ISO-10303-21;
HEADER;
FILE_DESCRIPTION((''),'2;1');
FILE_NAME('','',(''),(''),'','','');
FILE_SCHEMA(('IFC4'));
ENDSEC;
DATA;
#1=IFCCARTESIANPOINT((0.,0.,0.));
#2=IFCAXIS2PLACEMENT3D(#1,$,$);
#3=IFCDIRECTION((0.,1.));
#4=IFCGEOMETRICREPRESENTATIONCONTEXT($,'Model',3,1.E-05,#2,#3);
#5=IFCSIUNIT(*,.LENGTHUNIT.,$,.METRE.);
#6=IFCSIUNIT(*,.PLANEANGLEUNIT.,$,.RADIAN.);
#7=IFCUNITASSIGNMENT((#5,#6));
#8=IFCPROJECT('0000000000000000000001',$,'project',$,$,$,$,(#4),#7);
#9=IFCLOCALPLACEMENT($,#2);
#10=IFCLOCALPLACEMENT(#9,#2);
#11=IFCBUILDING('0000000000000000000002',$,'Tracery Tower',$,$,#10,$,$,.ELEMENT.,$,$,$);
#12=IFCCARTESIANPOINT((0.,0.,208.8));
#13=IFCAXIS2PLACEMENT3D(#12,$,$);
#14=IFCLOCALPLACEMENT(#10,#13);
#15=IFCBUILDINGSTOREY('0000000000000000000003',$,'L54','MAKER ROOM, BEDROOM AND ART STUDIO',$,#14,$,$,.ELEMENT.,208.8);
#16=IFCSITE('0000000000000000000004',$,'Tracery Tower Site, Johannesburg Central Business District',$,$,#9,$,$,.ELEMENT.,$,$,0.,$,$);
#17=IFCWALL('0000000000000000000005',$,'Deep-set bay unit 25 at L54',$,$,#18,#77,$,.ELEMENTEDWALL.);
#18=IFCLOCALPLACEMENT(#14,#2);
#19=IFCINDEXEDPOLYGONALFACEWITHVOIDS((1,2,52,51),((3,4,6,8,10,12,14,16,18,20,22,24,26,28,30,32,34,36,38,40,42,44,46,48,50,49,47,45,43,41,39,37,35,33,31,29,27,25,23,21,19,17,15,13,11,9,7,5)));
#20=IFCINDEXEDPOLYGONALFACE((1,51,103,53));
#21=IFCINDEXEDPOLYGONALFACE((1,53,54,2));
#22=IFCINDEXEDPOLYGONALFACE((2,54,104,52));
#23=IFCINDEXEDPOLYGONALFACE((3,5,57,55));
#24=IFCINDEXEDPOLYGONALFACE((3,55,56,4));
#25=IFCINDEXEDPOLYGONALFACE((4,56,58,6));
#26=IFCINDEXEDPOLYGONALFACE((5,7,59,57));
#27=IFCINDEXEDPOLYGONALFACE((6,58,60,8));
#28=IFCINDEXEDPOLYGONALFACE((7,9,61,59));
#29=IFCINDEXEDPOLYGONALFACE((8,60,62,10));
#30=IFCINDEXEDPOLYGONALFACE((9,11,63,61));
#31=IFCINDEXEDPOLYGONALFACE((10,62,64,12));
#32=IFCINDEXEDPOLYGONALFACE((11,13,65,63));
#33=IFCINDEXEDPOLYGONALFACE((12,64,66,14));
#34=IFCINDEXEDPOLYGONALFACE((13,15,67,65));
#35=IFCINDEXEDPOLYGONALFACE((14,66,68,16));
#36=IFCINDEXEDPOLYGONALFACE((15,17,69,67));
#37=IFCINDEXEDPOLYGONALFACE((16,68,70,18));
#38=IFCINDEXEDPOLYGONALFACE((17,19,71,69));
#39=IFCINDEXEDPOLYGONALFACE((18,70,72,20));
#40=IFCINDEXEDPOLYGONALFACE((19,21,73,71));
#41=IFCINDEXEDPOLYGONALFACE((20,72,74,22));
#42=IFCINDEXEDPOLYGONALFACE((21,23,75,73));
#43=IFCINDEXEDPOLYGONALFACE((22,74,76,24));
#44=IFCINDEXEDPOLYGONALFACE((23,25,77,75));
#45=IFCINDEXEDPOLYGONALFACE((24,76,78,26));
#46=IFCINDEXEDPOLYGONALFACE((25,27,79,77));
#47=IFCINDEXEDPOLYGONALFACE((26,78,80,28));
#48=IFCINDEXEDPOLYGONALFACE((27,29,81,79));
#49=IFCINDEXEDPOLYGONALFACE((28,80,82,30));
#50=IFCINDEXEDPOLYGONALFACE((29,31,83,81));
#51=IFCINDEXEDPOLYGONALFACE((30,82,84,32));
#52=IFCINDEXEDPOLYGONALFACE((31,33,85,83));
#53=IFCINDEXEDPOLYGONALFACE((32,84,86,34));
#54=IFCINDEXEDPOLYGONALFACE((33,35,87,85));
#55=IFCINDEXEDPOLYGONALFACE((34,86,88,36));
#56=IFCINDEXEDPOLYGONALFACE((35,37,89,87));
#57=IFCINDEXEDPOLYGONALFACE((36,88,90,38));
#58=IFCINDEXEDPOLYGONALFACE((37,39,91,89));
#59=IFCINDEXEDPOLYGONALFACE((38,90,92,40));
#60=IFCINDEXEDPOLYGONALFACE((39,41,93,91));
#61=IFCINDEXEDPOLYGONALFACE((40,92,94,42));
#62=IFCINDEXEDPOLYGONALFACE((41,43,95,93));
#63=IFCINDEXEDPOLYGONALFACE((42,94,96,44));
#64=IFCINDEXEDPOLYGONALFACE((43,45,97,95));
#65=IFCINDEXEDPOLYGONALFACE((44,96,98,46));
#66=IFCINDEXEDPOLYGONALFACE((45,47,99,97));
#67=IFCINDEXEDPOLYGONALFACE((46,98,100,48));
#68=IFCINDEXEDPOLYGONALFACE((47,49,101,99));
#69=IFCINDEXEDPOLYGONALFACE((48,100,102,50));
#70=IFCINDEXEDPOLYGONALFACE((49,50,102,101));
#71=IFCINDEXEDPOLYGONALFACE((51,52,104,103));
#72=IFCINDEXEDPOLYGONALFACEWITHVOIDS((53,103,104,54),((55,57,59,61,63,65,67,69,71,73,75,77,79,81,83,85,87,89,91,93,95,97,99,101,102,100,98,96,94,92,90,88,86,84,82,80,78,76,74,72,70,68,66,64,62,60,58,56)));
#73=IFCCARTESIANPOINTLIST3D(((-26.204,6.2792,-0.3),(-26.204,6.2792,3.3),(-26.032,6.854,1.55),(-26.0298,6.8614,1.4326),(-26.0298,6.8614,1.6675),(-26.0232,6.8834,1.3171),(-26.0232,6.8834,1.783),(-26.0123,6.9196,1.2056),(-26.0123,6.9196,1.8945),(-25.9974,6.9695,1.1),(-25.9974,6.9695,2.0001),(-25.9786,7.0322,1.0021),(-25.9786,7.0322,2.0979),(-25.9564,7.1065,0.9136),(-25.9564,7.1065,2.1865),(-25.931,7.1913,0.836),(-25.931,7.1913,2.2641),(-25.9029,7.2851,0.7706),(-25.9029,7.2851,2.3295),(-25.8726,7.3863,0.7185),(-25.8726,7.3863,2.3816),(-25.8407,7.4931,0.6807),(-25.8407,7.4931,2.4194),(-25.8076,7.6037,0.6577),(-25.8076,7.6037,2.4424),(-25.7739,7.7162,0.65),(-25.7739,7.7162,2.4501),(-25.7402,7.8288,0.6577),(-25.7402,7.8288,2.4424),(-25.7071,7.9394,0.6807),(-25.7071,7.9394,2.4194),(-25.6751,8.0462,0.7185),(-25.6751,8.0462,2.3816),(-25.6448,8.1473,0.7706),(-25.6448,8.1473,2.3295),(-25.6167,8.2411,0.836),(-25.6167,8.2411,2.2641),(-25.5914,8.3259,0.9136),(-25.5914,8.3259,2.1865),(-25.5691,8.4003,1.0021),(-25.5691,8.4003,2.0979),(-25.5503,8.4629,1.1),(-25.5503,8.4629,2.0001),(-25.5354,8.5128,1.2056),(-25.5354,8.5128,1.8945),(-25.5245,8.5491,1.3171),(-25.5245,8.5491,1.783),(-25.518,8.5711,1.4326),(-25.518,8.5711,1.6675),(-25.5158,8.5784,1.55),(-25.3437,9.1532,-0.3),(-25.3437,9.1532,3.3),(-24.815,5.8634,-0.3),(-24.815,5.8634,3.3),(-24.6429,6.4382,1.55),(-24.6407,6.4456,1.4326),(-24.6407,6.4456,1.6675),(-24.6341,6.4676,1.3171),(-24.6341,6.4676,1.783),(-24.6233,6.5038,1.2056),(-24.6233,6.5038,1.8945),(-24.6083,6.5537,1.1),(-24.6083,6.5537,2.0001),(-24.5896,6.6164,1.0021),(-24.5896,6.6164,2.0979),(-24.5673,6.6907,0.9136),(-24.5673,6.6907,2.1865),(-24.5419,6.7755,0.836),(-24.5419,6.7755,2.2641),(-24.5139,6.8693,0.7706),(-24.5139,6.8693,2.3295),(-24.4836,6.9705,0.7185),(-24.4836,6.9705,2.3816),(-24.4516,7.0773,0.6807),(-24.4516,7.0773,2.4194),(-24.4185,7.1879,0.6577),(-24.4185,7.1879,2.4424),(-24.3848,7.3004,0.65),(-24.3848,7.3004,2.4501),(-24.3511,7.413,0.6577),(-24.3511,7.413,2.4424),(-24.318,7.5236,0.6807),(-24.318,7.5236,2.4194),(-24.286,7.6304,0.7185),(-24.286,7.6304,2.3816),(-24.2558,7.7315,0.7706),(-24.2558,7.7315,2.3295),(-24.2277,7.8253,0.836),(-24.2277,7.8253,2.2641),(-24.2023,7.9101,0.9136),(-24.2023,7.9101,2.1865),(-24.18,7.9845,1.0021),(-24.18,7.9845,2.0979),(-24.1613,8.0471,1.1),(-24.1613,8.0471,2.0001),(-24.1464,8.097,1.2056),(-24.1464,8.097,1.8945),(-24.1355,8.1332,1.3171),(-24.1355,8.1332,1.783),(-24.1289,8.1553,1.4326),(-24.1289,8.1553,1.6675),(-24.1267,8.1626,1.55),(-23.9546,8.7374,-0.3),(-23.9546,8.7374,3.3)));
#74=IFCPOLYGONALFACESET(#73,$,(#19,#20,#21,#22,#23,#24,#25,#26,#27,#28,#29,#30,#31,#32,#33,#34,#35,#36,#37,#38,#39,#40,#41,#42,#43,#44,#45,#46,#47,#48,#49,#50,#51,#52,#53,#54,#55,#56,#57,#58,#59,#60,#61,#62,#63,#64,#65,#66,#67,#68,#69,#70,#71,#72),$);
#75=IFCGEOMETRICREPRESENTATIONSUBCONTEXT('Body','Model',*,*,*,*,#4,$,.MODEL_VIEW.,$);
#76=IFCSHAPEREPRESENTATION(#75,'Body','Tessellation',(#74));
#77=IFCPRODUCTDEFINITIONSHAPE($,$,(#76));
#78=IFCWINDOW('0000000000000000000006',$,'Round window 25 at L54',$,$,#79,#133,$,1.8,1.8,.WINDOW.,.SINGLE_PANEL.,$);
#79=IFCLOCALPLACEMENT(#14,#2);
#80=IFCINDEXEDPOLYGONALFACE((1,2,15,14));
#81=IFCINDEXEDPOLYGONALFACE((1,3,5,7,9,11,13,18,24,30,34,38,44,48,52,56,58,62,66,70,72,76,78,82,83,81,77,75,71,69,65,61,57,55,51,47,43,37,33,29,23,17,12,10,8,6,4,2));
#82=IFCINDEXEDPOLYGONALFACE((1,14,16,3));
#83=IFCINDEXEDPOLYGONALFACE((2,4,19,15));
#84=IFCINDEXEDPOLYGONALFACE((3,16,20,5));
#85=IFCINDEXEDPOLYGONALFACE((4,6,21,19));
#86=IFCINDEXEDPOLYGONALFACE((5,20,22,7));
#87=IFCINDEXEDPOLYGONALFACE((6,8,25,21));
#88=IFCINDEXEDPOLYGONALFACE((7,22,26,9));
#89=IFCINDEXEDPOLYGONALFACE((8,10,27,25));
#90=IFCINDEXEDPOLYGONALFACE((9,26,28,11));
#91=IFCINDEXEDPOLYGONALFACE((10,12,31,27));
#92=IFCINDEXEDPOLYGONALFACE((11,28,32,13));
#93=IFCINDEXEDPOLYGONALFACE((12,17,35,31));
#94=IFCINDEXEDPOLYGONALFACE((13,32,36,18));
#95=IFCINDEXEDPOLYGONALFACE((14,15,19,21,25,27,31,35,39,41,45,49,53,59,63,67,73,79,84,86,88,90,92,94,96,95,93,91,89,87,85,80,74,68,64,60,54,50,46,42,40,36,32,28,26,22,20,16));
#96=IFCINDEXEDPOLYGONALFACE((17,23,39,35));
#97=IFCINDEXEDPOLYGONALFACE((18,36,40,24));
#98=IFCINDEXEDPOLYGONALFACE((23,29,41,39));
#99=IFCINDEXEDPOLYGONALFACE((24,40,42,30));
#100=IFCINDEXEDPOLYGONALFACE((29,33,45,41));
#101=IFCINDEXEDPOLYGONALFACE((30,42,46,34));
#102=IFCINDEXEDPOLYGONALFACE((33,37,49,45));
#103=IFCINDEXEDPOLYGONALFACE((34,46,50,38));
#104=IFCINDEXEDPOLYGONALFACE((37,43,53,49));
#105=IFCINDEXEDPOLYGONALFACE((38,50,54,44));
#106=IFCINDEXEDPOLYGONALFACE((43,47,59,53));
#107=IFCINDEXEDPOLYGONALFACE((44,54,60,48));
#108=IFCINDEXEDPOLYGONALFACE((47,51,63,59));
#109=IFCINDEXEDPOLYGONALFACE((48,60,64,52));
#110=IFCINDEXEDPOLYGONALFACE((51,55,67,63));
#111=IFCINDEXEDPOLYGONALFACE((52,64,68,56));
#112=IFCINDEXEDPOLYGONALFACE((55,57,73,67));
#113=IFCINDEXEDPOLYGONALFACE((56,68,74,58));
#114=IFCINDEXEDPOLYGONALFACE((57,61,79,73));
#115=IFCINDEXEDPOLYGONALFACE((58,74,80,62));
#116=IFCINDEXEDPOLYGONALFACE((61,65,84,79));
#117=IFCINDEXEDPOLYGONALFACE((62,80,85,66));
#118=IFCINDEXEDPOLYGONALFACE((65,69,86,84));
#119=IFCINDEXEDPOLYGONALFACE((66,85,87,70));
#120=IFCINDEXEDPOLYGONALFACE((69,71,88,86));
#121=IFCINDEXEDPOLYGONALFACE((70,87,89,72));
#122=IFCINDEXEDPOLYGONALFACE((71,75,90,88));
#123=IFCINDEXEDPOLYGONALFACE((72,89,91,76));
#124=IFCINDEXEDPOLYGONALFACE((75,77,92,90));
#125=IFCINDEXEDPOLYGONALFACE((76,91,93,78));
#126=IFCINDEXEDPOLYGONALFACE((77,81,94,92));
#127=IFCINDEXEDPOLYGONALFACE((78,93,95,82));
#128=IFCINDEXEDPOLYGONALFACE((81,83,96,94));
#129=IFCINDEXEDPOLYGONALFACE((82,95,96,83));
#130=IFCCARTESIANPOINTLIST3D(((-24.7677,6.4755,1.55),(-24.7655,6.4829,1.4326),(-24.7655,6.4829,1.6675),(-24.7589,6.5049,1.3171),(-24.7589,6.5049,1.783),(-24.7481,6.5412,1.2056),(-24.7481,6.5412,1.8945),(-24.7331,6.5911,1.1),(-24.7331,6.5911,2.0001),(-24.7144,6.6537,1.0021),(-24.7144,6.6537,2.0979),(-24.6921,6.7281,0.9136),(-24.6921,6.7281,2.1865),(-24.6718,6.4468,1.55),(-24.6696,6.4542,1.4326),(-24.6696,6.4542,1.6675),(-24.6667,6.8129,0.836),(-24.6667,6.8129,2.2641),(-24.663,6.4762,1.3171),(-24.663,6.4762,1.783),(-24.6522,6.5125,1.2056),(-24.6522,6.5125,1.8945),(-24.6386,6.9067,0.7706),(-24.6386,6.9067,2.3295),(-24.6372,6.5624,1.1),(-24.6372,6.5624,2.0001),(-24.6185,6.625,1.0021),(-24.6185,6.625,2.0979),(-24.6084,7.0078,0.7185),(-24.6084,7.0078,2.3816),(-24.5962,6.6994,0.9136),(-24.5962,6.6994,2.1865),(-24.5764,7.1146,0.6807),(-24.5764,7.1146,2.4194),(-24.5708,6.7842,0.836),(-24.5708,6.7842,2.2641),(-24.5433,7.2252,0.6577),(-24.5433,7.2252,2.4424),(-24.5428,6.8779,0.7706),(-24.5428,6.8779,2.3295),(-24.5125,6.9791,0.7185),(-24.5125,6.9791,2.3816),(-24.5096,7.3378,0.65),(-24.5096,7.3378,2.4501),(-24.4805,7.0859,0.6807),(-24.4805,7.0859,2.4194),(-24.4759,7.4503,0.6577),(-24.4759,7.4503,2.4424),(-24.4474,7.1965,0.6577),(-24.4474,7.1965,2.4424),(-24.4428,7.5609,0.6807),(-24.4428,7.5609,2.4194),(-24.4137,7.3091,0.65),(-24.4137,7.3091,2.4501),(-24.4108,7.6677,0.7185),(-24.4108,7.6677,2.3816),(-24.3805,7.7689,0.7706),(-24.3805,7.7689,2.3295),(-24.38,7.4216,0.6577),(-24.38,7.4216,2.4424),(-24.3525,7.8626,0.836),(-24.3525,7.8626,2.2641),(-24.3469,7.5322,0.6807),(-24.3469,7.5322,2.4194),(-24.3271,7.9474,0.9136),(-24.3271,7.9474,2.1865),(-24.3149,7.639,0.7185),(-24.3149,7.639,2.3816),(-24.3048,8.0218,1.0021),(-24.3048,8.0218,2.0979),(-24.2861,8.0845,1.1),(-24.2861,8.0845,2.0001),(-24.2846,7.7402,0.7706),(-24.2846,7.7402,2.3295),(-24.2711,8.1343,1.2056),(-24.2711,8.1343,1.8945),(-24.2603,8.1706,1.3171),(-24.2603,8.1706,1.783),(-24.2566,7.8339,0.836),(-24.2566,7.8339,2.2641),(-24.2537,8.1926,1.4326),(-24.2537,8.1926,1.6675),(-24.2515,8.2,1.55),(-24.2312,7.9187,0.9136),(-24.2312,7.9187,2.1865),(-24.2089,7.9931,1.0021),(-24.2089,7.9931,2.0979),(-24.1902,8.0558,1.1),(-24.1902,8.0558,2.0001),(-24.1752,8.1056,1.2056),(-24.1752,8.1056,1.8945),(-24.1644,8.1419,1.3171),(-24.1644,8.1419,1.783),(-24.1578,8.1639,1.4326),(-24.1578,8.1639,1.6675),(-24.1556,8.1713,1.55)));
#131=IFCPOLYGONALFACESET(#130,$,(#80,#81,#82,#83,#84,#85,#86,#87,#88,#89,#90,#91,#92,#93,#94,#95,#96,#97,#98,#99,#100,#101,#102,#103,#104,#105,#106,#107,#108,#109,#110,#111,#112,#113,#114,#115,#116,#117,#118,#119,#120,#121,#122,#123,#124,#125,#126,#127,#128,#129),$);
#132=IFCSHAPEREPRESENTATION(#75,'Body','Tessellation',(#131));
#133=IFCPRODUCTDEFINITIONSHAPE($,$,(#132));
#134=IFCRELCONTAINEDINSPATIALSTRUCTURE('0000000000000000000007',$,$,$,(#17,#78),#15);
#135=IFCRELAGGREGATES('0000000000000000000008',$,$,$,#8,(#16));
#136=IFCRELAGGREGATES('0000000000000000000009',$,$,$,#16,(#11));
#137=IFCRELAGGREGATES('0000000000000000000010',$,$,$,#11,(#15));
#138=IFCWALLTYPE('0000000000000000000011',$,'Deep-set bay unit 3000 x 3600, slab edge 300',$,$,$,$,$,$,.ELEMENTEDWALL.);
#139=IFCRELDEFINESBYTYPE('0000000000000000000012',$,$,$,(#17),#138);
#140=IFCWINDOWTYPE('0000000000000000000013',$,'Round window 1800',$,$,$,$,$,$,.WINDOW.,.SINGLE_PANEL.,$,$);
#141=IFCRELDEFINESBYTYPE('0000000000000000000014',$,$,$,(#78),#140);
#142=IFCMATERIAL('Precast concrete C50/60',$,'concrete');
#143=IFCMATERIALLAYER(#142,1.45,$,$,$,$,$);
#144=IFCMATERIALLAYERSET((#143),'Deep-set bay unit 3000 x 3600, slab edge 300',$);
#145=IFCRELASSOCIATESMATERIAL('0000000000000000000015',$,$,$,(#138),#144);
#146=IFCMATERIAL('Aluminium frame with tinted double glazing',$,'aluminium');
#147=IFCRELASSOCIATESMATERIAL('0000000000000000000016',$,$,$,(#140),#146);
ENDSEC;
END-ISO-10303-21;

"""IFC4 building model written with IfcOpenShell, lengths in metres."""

from ifc_helpers import new_model, si_unit, direction, frame, frame_2d, origin, origin_2d, place, context, subcontext, project, spatial, rectangle, circle, extrude, material, layer, layer_set, type_object, element, fill, save


model = new_model("IFC4")

# Units and contexts
model_context = context("Model", 3, precision=1e-05, world=origin(), true_north=direction((0.0, 1.0)))
body_context = subcontext(model_context, "Body", "Model", "MODEL_VIEW")
ifc_project = project(units=[si_unit("LENGTHUNIT", "METRE"), si_unit("PLANEANGLEUNIT", "RADIAN")], contexts=[model_context])

# Site, building, storey
site_placement = place(None, origin())
site = spatial("IfcSite", under=ifc_project, at=site_placement, Name="Tracery Tower Site, Johannesburg Central Business District", CompositionType="ELEMENT", RefElevation=0.0)
building_placement = place(site_placement, origin())
building = spatial("IfcBuilding", under=site, at=building_placement, Name="Tracery Tower", CompositionType="ELEMENT")
storey_placement = place(building_placement, frame((0.0, 0.0, 208.8)))
storey = spatial("IfcBuildingStorey", under=building, at=storey_placement, Name="L54", Description="MAKER ROOM, BEDROOM AND ART STUDIO", CompositionType="ELEMENT", Elevation=208.8)

# Wall, opening, window
ifc_material_1 = material(Name="Precast concrete C50/60", Category="concrete")
ifc_layer_1 = layer(ifc_material_1, 1.45)
ifc_layer_set_1 = layer_set([ifc_layer_1], Name="Deep-set bay unit 3000 x 3600, slab edge 300")
wall_type_1 = type_object("IfcWallType", Name="Deep-set bay unit 3000 x 3600, slab edge 300", PredefinedType="ELEMENTEDWALL", material=ifc_layer_set_1)
ifc_material_2 = material(Name="Aluminium frame with tinted double glazing", Category="aluminium")
window_type = type_object("IfcWindowType", Name="Round window 1800", PartitioningType="SINGLE_PANEL", PredefinedType="WINDOW", material=ifc_material_2)
wall_1_placement = place(storey_placement, frame((-24.6492, 8.9453, -0.3), z_axis=(0.0, 0.0, 1.0), x_axis=(-0.28678, -0.957996, 0.0)))
wall_1 = element("IfcWall", 1, at=wall_1_placement, inside=storey, type_object=wall_type_1, Name="Deep-set bay unit 25 at L54", PredefinedType="ELEMENTEDWALL", context=body_context, shape_type="SweptSolid", body=[
    extrude(rectangle(XDim=3.0, YDim=1.45, at=frame_2d((1.5, 0.0))), origin(), (0.0, 0.0, 1.0), 3.6001),
])
opening_1_placement = place(wall_1_placement, frame((1.5, 0.0, 1.8501)))
opening_1 = element("IfcOpeningElement", 2, at=opening_1_placement, cuts=wall_1, PredefinedType="OPENING", context=body_context, shape_type="SweptSolid", body=[
    extrude(circle(Radius=0.9, at=origin_2d()), frame((0.0, 0.7349, 0.0), z_axis=(0.0, -1.0, 0.0), x_axis=(1.0, 0.0, 0.0)), (0.0, 0.0, 1.0), 1.47),
])
window_1_placement = place(opening_1_placement, origin())
window_1 = element("IfcWindow", 3, at=window_1_placement, inside=storey, type_object=window_type, Name="Round window 25 at L54", OverallHeight=1.8, OverallWidth=1.8, PartitioningType="SINGLE_PANEL", PredefinedType="WINDOW", context=body_context, shape_type="SweptSolid", body=[
    extrude(circle(Radius=0.9, at=origin_2d()), frame((0.0, 0.6948, 0.0), z_axis=(0.0, -1.0, 0.0), x_axis=(1.0, 0.0, 0.0)), (0.0, 0.0, 1.0), 0.1001),
])
fill(opening_1, window_1)

save(model, "model.ifc")
